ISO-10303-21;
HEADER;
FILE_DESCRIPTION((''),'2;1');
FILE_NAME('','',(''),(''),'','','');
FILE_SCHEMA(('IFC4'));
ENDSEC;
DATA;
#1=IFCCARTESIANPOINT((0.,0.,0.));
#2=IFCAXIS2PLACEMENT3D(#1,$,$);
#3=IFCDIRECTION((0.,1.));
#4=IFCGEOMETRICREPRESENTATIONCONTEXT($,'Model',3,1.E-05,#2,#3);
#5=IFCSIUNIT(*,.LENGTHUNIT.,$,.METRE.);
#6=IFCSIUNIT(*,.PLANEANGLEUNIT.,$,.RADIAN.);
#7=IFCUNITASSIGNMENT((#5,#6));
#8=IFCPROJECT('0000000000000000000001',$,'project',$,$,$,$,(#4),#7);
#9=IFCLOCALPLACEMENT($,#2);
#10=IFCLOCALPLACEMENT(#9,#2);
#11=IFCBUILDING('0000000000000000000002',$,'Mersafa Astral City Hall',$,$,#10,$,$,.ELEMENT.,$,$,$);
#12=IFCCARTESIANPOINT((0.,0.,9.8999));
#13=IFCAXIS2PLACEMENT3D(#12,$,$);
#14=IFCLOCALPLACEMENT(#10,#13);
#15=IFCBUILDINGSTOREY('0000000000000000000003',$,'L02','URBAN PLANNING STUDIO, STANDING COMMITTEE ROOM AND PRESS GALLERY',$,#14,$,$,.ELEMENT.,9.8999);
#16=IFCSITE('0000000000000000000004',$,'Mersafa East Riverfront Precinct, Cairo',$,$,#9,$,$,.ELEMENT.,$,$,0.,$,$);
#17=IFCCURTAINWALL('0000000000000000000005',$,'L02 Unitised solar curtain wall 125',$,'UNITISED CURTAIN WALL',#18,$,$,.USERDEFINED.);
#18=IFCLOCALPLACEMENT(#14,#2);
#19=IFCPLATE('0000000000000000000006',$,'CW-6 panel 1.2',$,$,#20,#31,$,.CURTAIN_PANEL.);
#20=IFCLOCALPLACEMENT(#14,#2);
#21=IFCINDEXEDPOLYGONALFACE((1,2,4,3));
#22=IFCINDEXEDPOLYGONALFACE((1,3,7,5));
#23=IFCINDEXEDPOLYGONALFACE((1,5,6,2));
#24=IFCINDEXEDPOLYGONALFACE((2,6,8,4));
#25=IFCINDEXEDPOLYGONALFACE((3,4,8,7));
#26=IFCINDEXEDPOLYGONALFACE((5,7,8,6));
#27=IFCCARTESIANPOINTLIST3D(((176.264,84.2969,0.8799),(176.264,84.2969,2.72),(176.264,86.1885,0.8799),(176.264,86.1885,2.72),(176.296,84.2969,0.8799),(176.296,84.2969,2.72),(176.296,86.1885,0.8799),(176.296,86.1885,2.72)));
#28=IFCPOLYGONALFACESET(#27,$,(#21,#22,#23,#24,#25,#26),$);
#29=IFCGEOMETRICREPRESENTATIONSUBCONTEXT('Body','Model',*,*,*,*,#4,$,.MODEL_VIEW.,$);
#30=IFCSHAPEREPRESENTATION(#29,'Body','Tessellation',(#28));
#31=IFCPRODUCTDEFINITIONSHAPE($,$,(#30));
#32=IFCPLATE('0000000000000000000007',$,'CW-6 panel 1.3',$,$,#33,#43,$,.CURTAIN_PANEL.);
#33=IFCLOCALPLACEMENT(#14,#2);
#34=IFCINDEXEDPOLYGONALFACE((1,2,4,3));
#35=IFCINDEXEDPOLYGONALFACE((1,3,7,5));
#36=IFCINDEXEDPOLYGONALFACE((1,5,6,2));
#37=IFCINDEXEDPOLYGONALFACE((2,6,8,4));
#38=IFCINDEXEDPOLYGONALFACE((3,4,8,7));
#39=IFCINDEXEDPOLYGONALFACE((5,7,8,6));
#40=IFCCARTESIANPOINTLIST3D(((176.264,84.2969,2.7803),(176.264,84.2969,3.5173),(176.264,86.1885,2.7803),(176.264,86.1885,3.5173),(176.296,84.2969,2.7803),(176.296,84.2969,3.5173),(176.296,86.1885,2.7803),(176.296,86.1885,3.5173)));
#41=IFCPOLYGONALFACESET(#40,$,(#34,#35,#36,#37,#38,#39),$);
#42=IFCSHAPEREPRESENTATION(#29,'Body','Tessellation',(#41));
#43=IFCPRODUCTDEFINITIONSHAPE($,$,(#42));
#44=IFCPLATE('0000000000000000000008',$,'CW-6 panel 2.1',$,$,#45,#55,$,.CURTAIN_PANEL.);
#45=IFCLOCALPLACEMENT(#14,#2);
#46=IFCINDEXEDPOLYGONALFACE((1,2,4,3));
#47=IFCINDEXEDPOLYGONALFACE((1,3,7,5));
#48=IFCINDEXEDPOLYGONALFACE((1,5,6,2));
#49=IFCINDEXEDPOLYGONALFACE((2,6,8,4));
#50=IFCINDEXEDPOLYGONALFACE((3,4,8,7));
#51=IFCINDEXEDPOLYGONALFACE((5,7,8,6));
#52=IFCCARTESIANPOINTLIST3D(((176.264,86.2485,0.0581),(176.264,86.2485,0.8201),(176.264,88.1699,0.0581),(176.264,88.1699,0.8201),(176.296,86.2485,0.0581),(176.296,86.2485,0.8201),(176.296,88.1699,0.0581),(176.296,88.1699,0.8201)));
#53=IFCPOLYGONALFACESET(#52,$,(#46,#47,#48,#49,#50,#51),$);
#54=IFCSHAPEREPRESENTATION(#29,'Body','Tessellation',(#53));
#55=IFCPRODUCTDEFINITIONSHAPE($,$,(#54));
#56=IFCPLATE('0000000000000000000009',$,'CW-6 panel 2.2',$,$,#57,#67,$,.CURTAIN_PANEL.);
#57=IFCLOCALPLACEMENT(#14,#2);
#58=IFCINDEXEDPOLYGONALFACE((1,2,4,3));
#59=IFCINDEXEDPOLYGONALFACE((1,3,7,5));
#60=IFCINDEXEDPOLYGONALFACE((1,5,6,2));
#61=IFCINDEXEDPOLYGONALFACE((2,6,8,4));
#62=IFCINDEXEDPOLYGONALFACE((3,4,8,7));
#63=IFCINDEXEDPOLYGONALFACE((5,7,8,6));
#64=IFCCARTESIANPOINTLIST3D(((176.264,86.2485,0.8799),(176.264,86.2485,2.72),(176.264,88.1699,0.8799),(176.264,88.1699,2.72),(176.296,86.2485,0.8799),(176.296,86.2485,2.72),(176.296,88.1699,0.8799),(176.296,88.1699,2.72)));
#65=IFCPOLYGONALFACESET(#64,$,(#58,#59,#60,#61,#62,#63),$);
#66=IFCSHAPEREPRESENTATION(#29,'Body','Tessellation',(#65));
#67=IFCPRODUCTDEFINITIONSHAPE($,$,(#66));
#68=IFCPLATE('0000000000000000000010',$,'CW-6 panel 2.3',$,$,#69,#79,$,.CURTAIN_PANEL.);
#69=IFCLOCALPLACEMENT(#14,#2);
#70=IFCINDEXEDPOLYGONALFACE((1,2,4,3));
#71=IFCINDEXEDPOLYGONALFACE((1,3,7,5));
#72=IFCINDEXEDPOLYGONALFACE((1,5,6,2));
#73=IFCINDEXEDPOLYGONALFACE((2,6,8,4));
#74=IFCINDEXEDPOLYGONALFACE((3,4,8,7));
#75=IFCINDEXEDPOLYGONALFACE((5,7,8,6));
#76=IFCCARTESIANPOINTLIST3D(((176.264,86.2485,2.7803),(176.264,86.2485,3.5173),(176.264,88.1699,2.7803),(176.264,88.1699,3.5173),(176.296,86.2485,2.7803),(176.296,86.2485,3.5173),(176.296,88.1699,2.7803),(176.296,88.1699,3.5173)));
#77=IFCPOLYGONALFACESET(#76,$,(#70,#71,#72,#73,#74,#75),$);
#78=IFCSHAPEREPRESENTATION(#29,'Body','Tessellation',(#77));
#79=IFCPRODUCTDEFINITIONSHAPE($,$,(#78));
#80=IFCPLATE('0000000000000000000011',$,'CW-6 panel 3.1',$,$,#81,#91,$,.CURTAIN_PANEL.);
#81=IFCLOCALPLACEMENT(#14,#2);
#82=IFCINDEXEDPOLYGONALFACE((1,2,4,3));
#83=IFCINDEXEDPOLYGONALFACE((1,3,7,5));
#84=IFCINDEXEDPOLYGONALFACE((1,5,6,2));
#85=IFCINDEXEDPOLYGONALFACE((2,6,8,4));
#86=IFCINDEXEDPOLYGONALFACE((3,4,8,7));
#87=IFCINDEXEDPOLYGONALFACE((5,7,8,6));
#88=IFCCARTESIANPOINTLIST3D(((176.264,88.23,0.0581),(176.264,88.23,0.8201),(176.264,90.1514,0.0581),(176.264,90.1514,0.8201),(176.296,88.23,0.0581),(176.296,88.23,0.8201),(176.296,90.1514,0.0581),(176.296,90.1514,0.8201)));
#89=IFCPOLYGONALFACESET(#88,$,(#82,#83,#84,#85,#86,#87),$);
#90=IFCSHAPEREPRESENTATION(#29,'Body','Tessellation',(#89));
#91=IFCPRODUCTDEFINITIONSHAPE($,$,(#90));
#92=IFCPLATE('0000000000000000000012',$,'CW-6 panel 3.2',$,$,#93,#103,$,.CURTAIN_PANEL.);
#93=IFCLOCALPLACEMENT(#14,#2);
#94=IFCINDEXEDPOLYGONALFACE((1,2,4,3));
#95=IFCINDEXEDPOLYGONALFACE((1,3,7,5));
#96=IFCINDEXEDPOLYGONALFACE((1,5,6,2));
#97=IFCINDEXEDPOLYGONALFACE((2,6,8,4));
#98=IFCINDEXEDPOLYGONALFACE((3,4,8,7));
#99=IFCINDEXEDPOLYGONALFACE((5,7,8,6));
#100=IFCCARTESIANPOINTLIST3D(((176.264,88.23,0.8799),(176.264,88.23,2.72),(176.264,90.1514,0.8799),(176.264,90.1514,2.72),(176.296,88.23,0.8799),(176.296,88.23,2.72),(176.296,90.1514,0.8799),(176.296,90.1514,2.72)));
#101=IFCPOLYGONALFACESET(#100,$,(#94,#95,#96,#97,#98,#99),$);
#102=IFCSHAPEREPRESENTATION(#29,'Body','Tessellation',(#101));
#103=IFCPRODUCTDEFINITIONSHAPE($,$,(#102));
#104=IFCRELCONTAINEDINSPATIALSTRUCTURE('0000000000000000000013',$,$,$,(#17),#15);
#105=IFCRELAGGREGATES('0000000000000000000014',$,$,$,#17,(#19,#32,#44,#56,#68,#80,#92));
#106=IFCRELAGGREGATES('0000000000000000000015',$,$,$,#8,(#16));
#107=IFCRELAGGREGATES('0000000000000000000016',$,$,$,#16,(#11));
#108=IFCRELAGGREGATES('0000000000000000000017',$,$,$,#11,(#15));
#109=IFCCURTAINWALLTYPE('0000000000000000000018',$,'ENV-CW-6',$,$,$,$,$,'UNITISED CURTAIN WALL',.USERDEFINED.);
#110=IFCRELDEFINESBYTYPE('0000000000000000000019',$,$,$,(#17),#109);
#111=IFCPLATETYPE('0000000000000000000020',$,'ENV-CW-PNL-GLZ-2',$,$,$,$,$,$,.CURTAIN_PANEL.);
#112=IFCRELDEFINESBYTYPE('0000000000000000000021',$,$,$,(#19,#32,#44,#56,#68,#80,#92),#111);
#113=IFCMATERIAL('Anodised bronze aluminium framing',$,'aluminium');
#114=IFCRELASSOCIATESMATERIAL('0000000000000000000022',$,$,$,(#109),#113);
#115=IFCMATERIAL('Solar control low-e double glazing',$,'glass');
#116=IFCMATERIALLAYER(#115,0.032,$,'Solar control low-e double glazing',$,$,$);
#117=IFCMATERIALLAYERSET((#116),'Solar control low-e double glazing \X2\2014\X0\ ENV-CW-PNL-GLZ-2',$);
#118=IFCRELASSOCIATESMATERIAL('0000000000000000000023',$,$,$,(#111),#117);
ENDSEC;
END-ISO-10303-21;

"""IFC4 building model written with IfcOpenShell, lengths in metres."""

from ifc_helpers import new_model, si_unit, direction, frame, origin, origin_2d, place, context, subcontext, project, spatial, rectangle, extrude, material, layer, layer_set, type_object, element, aggregate, save


model = new_model("IFC4")

# Units and contexts
model_context = context("Model", 3, precision=1e-05, world=origin(), true_north=direction((0.0, 1.0)))
body_context = subcontext(model_context, "Body", "Model", "MODEL_VIEW")
ifc_project = project(units=[si_unit("LENGTHUNIT", "METRE"), si_unit("PLANEANGLEUNIT", "RADIAN")], contexts=[model_context])

# Site, building, storey
site_placement = place(None, origin())
site = spatial("IfcSite", under=ifc_project, at=site_placement, Name="Mersafa East Riverfront Precinct, Cairo", CompositionType="ELEMENT", RefElevation=0.0)
building_placement = place(site_placement, origin())
building = spatial("IfcBuilding", under=site, at=building_placement, Name="Mersafa Astral City Hall", CompositionType="ELEMENT")
storey_placement = place(building_placement, frame((0.0, 0.0, 9.8999)))
storey = spatial("IfcBuildingStorey", under=building, at=storey_placement, Name="L02", Description="URBAN PLANNING STUDIO, STANDING COMMITTEE ROOM AND PRESS GALLERY", CompositionType="ELEMENT", Elevation=9.8999)

# Curtain wall
ifc_material_1 = material(Name="Anodised bronze aluminium framing", Category="aluminium")
curtain_wall_type = type_object("IfcCurtainWallType", Name="ENV-CW-6", ElementType="UNITISED CURTAIN WALL", PredefinedType="USERDEFINED", material=ifc_material_1)
curtain_wall_placement = place(storey_placement, origin())
curtain_wall = element("IfcCurtainWall", 1, at=curtain_wall_placement, inside=storey, type_object=curtain_wall_type, Name="L02 Unitised solar curtain wall 125", ObjectType="UNITISED CURTAIN WALL", PredefinedType="USERDEFINED")

# Plates
ifc_material_2 = material(Name="Solar control low-e double glazing", Category="glass")
ifc_layer = layer(ifc_material_2, 0.032, Name="Solar control low-e double glazing")
ifc_layer_set = layer_set([ifc_layer], Name="Solar control low-e double glazing — ENV-CW-PNL-GLZ-2")
plate_type = type_object("IfcPlateType", Name="ENV-CW-PNL-GLZ-2", PredefinedType="CURTAIN_PANEL", material=ifc_layer_set)
plate_1_placement = place(storey_placement, frame((176.28, 85.2427, 0.8799), z_axis=(0.0, 0.0, 1.0), x_axis=(0.0, 1.0, 0.0)))
plate_1 = element("IfcPlate", 2, at=plate_1_placement, type_object=plate_type, Name="CW-6 panel 1.2", PredefinedType="CURTAIN_PANEL", context=body_context, shape_type="SweptSolid", body=[
    extrude(rectangle(XDim=1.8916, YDim=0.032, at=origin_2d()), origin(), (0.0, 0.0, 1.0), 1.8401),
])
plate_2_placement = place(storey_placement, frame((176.28, 85.2427, 2.7803), z_axis=(0.0, 0.0, 1.0), x_axis=(0.0, 1.0, 0.0)))
plate_2 = element("IfcPlate", 3, at=plate_2_placement, type_object=plate_type, Name="CW-6 panel 1.3", PredefinedType="CURTAIN_PANEL", context=body_context, shape_type="SweptSolid", body=[
    extrude(rectangle(XDim=1.8916, YDim=0.032, at=origin_2d()), origin(), (0.0, 0.0, 1.0), 0.7371),
])
plate_3_placement = place(storey_placement, frame((176.28, 87.2092, 0.0581), z_axis=(0.0, 0.0, 1.0), x_axis=(0.0, 1.0, 0.0)))
plate_3 = element("IfcPlate", 4, at=plate_3_placement, type_object=plate_type, Name="CW-6 panel 2.1", PredefinedType="CURTAIN_PANEL", context=body_context, shape_type="SweptSolid", body=[
    extrude(rectangle(XDim=1.9214, YDim=0.032, at=origin_2d()), origin(), (0.0, 0.0, 1.0), 0.762),
])
plate_4_placement = place(storey_placement, frame((176.28, 87.2092, 0.8799), z_axis=(0.0, 0.0, 1.0), x_axis=(0.0, 1.0, 0.0)))
plate_4 = element("IfcPlate", 5, at=plate_4_placement, type_object=plate_type, Name="CW-6 panel 2.2", PredefinedType="CURTAIN_PANEL", context=body_context, shape_type="SweptSolid", body=[
    extrude(rectangle(XDim=1.9214, YDim=0.032, at=origin_2d()), origin(), (0.0, 0.0, 1.0), 1.8401),
])
plate_5_placement = place(storey_placement, frame((176.28, 87.2092, 2.7803), z_axis=(0.0, 0.0, 1.0), x_axis=(0.0, 1.0, 0.0)))
plate_5 = element("IfcPlate", 6, at=plate_5_placement, type_object=plate_type, Name="CW-6 panel 2.3", PredefinedType="CURTAIN_PANEL", context=body_context, shape_type="SweptSolid", body=[
    extrude(rectangle(XDim=1.9214, YDim=0.032, at=origin_2d()), origin(), (0.0, 0.0, 1.0), 0.7371),
])
plate_6_placement = place(storey_placement, frame((176.28, 89.1907, 0.0581), z_axis=(0.0, 0.0, 1.0), x_axis=(0.0, 1.0, 0.0)))
plate_6 = element("IfcPlate", 7, at=plate_6_placement, type_object=plate_type, Name="CW-6 panel 3.1", PredefinedType="CURTAIN_PANEL", context=body_context, shape_type="SweptSolid", body=[
    extrude(rectangle(XDim=1.9214, YDim=0.032, at=origin_2d()), origin(), (0.0, 0.0, 1.0), 0.762),
])
plate_7_placement = place(storey_placement, frame((176.28, 89.1907, 0.8799), z_axis=(0.0, 0.0, 1.0), x_axis=(0.0, 1.0, 0.0)))
plate_7 = element("IfcPlate", 8, at=plate_7_placement, type_object=plate_type, Name="CW-6 panel 3.2", PredefinedType="CURTAIN_PANEL", context=body_context, shape_type="SweptSolid", body=[
    extrude(rectangle(XDim=1.9214, YDim=0.032, at=origin_2d()), origin(), (0.0, 0.0, 1.0), 1.8401),
])
aggregate(curtain_wall, [plate_1, plate_2, plate_3, plate_4, plate_5, plate_6, plate_7])

save(model, "model.ifc")
